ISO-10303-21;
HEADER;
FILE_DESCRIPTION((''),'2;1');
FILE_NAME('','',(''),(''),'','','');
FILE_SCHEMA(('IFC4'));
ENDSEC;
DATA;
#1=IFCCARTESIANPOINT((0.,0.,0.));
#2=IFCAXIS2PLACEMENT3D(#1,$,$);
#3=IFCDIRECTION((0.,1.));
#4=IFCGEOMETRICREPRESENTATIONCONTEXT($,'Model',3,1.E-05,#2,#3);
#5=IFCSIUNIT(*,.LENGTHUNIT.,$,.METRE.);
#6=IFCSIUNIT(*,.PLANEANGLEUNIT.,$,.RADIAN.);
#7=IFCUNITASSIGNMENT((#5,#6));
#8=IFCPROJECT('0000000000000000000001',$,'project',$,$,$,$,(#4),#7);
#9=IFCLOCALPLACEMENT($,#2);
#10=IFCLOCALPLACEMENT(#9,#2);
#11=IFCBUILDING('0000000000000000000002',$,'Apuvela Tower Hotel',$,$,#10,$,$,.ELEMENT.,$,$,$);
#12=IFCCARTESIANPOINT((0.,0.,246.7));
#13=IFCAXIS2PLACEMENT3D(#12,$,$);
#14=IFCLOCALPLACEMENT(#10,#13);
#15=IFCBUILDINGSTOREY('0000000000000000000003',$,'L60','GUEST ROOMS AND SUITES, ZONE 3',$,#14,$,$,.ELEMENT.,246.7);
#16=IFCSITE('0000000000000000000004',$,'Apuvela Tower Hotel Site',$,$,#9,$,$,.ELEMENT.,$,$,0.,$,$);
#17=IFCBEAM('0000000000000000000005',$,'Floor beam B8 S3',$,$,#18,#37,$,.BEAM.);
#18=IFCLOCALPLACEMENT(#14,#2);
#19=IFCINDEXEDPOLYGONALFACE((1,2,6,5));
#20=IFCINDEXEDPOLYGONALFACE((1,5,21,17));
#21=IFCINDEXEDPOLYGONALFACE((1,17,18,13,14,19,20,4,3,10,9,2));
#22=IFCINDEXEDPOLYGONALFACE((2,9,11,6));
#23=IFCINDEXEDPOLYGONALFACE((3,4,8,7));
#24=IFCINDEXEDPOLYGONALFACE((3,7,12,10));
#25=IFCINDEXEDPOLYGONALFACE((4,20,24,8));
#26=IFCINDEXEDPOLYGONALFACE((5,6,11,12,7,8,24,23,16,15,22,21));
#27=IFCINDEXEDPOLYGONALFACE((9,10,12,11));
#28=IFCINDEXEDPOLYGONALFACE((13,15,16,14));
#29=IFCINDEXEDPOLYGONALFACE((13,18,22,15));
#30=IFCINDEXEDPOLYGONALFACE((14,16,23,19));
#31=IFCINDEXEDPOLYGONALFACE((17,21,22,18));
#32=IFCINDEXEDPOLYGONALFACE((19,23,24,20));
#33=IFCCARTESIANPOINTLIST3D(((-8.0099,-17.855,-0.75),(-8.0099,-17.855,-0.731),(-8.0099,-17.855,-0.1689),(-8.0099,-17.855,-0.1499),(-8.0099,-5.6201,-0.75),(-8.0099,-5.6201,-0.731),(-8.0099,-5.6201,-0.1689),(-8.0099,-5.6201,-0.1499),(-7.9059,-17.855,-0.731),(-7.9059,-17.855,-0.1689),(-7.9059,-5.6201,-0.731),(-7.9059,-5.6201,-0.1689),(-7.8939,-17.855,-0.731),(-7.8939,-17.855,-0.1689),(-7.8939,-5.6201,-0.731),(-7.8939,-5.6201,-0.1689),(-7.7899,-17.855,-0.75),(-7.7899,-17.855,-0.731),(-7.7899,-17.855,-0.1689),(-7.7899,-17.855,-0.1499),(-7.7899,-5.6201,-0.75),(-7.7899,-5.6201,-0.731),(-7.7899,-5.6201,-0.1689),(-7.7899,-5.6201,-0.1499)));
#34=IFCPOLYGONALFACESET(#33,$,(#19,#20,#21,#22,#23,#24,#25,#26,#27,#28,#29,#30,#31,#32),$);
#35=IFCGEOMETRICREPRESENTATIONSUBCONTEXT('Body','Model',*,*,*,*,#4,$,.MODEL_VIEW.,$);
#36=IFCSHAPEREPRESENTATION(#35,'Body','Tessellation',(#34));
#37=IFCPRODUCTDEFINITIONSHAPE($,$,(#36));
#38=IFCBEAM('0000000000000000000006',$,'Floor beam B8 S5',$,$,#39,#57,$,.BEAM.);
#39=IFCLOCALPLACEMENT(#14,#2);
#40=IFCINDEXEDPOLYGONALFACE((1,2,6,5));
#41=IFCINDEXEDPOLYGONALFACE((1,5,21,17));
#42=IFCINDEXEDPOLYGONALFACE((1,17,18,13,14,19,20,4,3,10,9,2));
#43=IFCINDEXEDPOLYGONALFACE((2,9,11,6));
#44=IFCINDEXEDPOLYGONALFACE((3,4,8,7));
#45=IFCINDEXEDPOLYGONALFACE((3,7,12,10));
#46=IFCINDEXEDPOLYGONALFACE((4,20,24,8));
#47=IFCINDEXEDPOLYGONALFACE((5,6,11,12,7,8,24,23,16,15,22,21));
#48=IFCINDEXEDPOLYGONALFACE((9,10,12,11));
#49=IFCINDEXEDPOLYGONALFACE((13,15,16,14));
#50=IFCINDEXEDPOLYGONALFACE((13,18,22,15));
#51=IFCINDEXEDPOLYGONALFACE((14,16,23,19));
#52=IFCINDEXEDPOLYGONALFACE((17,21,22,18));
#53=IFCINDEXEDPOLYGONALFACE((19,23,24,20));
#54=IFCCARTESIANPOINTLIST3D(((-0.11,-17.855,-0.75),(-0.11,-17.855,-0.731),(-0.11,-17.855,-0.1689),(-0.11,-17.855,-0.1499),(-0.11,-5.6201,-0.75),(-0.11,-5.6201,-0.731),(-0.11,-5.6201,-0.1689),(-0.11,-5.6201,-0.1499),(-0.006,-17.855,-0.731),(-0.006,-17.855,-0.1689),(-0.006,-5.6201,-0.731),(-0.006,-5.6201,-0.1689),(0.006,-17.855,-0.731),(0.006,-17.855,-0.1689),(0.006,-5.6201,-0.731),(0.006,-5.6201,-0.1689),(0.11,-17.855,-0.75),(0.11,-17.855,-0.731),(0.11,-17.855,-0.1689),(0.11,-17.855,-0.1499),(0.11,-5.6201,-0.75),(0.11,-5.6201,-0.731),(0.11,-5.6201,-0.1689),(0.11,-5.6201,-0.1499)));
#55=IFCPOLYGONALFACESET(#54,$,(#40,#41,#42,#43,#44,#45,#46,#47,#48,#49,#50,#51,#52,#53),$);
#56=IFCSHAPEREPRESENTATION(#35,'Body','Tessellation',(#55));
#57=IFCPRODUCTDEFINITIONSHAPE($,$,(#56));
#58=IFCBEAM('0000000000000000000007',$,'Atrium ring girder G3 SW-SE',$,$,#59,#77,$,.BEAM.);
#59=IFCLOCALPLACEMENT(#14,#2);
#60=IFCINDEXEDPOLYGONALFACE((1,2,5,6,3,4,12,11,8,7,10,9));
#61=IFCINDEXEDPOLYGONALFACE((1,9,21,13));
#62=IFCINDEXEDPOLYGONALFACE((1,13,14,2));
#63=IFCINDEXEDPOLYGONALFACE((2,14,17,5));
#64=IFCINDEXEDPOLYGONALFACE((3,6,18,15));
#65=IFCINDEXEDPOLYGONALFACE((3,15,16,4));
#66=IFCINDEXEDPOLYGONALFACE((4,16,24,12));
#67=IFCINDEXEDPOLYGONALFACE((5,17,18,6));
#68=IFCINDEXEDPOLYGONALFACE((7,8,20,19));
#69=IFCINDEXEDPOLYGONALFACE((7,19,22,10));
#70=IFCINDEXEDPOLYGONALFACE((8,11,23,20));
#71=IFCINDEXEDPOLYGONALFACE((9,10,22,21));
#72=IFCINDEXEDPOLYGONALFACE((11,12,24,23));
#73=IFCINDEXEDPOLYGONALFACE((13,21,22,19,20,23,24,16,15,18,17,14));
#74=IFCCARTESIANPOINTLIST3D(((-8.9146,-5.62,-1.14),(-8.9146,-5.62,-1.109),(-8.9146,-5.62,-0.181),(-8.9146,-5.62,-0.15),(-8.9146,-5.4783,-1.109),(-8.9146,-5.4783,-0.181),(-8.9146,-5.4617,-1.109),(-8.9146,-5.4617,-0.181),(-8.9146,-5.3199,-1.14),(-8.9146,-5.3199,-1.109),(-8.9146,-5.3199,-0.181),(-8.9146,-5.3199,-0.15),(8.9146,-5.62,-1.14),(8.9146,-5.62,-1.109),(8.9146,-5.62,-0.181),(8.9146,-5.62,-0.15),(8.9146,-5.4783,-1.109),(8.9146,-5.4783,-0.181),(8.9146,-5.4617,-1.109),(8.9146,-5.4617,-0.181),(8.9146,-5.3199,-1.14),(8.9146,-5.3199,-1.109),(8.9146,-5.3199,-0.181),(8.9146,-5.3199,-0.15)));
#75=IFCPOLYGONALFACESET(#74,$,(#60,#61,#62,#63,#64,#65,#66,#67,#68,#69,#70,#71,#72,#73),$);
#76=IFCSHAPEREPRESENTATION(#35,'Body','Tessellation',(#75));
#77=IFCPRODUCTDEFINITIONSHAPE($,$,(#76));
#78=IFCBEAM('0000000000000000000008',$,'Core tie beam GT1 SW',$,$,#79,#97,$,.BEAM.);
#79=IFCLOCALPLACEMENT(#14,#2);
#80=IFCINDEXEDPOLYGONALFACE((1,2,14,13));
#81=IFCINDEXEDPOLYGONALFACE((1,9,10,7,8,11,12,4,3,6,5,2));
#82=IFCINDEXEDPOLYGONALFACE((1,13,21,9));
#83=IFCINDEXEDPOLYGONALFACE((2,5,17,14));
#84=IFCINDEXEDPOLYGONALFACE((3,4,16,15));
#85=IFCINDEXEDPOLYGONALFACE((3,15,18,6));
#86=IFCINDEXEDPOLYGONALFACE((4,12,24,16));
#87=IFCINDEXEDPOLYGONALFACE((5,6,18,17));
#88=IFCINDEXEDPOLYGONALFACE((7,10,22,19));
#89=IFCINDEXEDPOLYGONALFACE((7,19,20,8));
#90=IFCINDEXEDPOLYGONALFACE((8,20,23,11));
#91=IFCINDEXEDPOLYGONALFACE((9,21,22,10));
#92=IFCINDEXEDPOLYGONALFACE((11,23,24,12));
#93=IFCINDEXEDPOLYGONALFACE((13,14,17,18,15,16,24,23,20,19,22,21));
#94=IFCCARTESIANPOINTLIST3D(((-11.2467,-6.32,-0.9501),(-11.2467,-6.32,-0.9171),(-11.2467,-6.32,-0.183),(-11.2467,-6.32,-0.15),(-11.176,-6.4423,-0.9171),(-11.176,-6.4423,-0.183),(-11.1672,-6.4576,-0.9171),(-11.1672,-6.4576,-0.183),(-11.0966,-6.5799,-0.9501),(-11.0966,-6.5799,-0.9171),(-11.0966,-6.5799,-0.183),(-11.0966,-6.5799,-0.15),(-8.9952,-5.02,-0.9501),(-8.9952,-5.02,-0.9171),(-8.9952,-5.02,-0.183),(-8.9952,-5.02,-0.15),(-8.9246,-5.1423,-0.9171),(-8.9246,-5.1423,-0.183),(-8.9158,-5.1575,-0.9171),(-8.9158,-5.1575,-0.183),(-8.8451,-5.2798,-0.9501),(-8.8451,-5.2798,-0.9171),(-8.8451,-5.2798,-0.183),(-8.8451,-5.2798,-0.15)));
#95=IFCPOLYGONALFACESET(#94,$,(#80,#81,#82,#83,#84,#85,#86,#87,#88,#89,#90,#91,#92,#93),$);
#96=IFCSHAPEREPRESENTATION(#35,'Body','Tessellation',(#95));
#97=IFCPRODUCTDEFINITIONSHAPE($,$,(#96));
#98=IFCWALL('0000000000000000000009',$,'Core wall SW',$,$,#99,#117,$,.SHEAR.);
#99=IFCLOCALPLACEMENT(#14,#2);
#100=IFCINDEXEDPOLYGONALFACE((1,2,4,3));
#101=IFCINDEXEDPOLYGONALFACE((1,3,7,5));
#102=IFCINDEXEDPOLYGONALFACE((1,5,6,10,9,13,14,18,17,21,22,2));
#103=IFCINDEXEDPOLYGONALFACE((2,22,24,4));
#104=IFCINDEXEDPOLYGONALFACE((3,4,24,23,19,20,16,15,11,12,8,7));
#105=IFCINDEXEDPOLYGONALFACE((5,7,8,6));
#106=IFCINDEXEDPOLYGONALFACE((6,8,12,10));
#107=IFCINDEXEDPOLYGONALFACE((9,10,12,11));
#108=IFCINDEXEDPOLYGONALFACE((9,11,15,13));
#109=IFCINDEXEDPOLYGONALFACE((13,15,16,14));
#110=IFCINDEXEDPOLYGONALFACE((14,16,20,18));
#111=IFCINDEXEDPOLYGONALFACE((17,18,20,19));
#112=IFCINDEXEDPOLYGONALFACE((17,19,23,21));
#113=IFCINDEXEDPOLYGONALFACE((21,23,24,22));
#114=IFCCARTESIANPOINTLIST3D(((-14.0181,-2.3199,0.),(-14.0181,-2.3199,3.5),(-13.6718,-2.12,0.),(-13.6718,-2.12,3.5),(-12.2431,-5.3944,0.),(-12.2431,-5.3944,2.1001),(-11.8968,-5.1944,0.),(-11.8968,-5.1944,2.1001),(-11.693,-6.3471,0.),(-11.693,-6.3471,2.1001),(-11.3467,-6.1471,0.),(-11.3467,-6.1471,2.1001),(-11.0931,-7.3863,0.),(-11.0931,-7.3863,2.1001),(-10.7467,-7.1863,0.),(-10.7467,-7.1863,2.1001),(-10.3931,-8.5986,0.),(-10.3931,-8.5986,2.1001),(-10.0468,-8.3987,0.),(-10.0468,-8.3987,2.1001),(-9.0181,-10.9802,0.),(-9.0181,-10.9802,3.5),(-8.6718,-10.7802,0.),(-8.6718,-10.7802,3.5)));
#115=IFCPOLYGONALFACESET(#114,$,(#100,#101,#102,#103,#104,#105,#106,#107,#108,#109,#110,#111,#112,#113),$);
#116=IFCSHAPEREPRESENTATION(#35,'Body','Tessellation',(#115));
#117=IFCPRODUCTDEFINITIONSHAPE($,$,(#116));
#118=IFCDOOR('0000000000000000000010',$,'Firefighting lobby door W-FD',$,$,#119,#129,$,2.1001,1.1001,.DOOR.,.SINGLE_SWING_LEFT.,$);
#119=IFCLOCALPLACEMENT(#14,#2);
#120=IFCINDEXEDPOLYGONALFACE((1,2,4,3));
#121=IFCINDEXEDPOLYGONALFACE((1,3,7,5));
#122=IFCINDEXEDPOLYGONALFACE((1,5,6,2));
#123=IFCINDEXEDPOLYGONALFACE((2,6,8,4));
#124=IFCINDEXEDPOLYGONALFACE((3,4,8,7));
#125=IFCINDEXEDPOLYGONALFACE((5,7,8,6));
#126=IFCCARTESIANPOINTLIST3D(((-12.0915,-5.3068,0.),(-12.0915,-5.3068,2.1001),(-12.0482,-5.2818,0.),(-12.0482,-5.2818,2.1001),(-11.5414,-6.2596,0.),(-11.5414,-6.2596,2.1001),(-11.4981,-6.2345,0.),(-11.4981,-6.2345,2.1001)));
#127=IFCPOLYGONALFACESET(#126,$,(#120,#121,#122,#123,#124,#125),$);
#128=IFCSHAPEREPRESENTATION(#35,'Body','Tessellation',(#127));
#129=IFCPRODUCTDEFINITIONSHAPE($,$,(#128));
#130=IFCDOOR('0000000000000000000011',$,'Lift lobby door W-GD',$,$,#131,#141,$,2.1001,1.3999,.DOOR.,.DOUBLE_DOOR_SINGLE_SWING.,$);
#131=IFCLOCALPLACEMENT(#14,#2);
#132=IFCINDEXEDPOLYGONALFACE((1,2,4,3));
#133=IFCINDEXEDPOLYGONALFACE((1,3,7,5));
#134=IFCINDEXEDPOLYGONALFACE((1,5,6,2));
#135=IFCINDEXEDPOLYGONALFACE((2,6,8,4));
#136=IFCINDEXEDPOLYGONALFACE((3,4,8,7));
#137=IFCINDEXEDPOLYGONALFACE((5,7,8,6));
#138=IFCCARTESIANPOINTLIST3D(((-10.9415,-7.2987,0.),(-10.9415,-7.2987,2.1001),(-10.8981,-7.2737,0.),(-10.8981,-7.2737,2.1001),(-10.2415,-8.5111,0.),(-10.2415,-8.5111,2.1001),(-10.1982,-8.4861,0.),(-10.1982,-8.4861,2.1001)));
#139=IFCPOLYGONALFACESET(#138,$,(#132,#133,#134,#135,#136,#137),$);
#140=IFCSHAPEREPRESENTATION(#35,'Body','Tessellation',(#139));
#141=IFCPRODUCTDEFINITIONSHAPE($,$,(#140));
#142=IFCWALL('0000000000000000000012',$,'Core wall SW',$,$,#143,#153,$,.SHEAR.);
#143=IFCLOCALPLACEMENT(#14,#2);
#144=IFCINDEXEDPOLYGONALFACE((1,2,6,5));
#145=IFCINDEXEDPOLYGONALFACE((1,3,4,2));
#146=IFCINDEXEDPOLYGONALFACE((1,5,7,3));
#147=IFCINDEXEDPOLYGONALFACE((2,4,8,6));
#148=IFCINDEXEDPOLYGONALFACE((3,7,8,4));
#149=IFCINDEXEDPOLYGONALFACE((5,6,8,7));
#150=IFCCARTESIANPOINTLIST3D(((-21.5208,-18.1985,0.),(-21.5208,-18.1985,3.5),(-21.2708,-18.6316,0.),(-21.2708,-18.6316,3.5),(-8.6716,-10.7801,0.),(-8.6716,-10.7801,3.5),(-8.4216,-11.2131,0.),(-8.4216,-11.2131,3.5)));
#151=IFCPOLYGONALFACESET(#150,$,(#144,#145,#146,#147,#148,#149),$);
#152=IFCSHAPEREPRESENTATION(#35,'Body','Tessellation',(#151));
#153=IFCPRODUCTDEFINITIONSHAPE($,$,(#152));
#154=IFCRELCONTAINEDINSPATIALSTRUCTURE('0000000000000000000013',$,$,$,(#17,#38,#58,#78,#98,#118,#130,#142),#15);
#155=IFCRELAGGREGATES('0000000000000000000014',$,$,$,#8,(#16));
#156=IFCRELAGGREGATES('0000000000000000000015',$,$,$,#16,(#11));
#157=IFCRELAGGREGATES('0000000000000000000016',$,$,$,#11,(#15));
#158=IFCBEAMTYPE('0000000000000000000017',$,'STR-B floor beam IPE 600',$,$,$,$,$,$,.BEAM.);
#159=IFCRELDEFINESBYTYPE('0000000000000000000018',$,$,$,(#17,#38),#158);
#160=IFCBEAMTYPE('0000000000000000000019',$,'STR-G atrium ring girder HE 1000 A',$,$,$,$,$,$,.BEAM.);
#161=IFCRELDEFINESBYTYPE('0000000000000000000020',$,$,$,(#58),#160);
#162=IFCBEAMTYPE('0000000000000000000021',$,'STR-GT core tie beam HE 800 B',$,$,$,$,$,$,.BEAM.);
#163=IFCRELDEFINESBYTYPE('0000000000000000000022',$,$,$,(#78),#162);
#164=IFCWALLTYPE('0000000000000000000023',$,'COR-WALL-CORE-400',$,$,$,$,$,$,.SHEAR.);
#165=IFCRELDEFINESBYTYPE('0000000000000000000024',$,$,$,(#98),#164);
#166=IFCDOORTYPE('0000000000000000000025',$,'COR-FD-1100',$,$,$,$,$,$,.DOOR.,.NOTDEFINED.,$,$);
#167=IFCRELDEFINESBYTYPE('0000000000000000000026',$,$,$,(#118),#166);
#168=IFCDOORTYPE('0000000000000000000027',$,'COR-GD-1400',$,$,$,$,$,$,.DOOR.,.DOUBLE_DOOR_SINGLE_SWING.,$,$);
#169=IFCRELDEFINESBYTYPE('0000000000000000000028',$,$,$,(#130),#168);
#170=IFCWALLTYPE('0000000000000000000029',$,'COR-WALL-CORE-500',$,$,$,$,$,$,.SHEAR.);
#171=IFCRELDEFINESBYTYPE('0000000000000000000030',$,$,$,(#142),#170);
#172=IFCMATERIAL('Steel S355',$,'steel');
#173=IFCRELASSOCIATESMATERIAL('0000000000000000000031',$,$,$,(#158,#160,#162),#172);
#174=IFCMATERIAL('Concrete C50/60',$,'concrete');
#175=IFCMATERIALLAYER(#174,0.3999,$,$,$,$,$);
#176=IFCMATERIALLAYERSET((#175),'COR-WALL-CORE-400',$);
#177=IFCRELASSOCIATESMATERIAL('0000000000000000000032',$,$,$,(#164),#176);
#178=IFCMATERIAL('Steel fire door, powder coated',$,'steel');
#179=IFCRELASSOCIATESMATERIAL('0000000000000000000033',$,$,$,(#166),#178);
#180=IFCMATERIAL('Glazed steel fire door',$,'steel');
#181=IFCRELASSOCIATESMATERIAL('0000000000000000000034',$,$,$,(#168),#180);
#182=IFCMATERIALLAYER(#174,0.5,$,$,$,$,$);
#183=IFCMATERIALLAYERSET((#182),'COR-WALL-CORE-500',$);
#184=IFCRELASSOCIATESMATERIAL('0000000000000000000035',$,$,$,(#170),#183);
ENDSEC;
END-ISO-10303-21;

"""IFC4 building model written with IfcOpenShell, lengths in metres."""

from ifc_helpers import new_model, si_unit, direction, frame, frame_2d, origin, origin_2d, place, context, subcontext, project, spatial, rectangle, i_section, extrude, material, layer, layer_set, material_profile, profile_set, type_object, element, fill, save


model = new_model("IFC4")

# Units and contexts
model_context = context("Model", 3, precision=1e-05, world=origin(), true_north=direction((0.0, 1.0)))
body_context = subcontext(model_context, "Body", "Model", "MODEL_VIEW")
ifc_project = project(units=[si_unit("LENGTHUNIT", "METRE"), si_unit("PLANEANGLEUNIT", "RADIAN")], contexts=[model_context])

# Site, building, storey
site_placement = place(None, origin())
site = spatial("IfcSite", under=ifc_project, at=site_placement, Name="Apuvela Tower Hotel Site", CompositionType="ELEMENT", RefElevation=0.0)
building_placement = place(site_placement, origin())
building = spatial("IfcBuilding", under=site, at=building_placement, Name="Apuvela Tower Hotel", CompositionType="ELEMENT")
storey_placement = place(building_placement, frame((0.0, 0.0, 246.7)))
storey = spatial("IfcBuildingStorey", under=building, at=storey_placement, Name="L60", Description="GUEST ROOMS AND SUITES, ZONE 3", CompositionType="ELEMENT", Elevation=246.7)

# Beams
ifc_material_1 = material(Name="Steel S355", Category="steel")
ifc_material_profile_1 = material_profile(ifc_material_1, i_section(OverallWidth=0.22, OverallDepth=0.6001, WebThickness=0.012, FlangeThickness=0.019, at=origin_2d()), Name="IPE 600")
ifc_profile_set_1 = profile_set([ifc_material_profile_1], Name="Steel S355")
beam_type_1 = type_object("IfcBeamType", Name="STR-B floor beam IPE 600", PredefinedType="BEAM", material=ifc_profile_set_1)
for number, where, z_axis, x_axis, name in (
    (1, (-7.8999, -17.855, -0.45), (0.0, 1.0, 0.0), (-1.0, 0.0, 0.0), "Floor beam B8 S3"),
    (2, (0.0, -17.855, -0.45), (0.0, 1.0, 0.0), (-1.0, 0.0, 0.0), "Floor beam B8 S5"),
):
    element("IfcBeam", number, at=place(storey_placement, frame(where, z_axis=z_axis, x_axis=x_axis)), inside=storey, type_object=beam_type_1, Name=name, PredefinedType="BEAM", context=body_context, shape_type="SweptSolid", body=[
        extrude(i_section(OverallWidth=0.22, OverallDepth=0.6001, WebThickness=0.012, FlangeThickness=0.019, at=origin_2d()), origin(), (0.0, 0.0, 1.0), 12.2349),
    ])
ifc_material_profile_2 = material_profile(ifc_material_1, i_section(OverallWidth=0.3, OverallDepth=0.99, WebThickness=0.0166, FlangeThickness=0.031, at=origin_2d()), Name="HE 1000 A")
ifc_profile_set_2 = profile_set([ifc_material_profile_2], Name="Steel S355")
beam_type_2 = type_object("IfcBeamType", Name="STR-G atrium ring girder HE 1000 A", PredefinedType="BEAM", material=ifc_profile_set_2)
beam_1_placement = place(storey_placement, frame((-8.9146, -5.47, -0.645), z_axis=(1.0, 0.0, 0.0), x_axis=(0.0, 1.0, 0.0)))
element("IfcBeam", 3, at=beam_1_placement, inside=storey, type_object=beam_type_2, Name="Atrium ring girder G3 SW-SE", PredefinedType="BEAM", context=body_context, shape_type="SweptSolid", body=[
    extrude(i_section(OverallWidth=0.3, OverallDepth=0.99, WebThickness=0.0166, FlangeThickness=0.031, at=origin_2d()), origin(), (0.0, 0.0, 1.0), 17.8291),
])
ifc_material_profile_3 = material_profile(ifc_material_1, i_section(OverallWidth=0.3, OverallDepth=0.8, WebThickness=0.0176, FlangeThickness=0.033, at=origin_2d()), Name="HE 800 B")
ifc_profile_set_3 = profile_set([ifc_material_profile_3], Name="Steel S355")
beam_type_3 = type_object("IfcBeamType", Name="STR-GT core tie beam HE 800 B", PredefinedType="BEAM", material=ifc_profile_set_3)
beam_2_placement = place(storey_placement, frame((-11.1716, -6.45, -0.55), z_axis=(0.865998, 0.500048, 0.0), x_axis=(-0.500048, 0.865998, 0.0)))
element("IfcBeam", 4, at=beam_2_placement, inside=storey, type_object=beam_type_3, Name="Core tie beam GT1 SW", PredefinedType="BEAM", context=body_context, shape_type="SweptSolid", body=[
    extrude(i_section(OverallWidth=0.3, OverallDepth=0.8, WebThickness=0.0176, FlangeThickness=0.033, at=origin_2d()), origin(), (0.0, 0.0, 1.0), 2.5999),
])

# Wall, openings, doors
ifc_material_2 = material(Name="Concrete C50/60", Category="concrete")
ifc_layer_1 = layer(ifc_material_2, 0.3999)
ifc_layer_set_1 = layer_set([ifc_layer_1], Name="COR-WALL-CORE-400")
wall_type_1 = type_object("IfcWallType", Name="COR-WALL-CORE-400", PredefinedType="SHEAR", material=ifc_layer_set_1)
wall_1_placement = place(storey_placement, frame((-13.845, -2.22, 0.0), z_axis=(0.0, 0.0, 1.0), x_axis=(0.500004, -0.866023, 0.0)))
wall_1 = element("IfcWall", 5, at=wall_1_placement, inside=storey, type_object=wall_type_1, Name="Core wall SW", PredefinedType="SHEAR", context=body_context, shape_type="SweptSolid", body=[
    extrude(rectangle(XDim=10.0, YDim=0.3999, at=frame_2d((5.0, 0.0))), origin(), (0.0, 0.0, 1.0), 3.5),
])
opening_1_placement = place(wall_1_placement, frame((3.55, 0.0, 0.0)))
opening_1 = element("IfcOpeningElement", 6, at=opening_1_placement, cuts=wall_1, PredefinedType="OPENING", context=body_context, shape_type="SweptSolid", body=[
    extrude(rectangle(XDim=1.1001, YDim=2.1001, at=frame_2d((0.55, 1.05))), frame((0.0, 0.21, 0.0), z_axis=(0.0, -1.0, 0.0), x_axis=(1.0, 0.0, 0.0)), (0.0, 0.0, 1.0), 0.4199),
])
opening_2_placement = place(wall_1_placement, frame((5.8501, 0.0, 0.0)))
opening_2 = element("IfcOpeningElement", 7, at=opening_2_placement, cuts=wall_1, PredefinedType="OPENING", context=body_context, shape_type="SweptSolid", body=[
    extrude(rectangle(XDim=1.3999, YDim=2.1001, at=frame_2d((0.7, 1.05))), frame((0.0, 0.21, 0.0), z_axis=(0.0, -1.0, 0.0), x_axis=(1.0, 0.0, 0.0)), (0.0, 0.0, 1.0), 0.4199),
])
ifc_material_3 = material(Name="Steel fire door, powder coated", Category="steel")
door_type_1 = type_object("IfcDoorType", Name="COR-FD-1100", OperationType="NOTDEFINED", PredefinedType="DOOR", material=ifc_material_3)
door_1_placement = place(opening_1_placement, frame((1.1001, 0.0, 0.0), z_axis=(0.0, 0.0, 1.0), x_axis=(-1.0, 0.0, 0.0)))
door_1 = element("IfcDoor", 8, at=door_1_placement, inside=storey, type_object=door_type_1, Name="Firefighting lobby door W-FD", OperationType="SINGLE_SWING_LEFT", OverallHeight=2.1001, OverallWidth=1.1001, PredefinedType="DOOR", context=body_context, shape_type="SweptSolid", body=[
    extrude(rectangle(XDim=1.1001, YDim=2.1001, at=frame_2d((0.55, 1.05))), frame((0.0, 0.0249, 0.0), z_axis=(0.0, -1.0, 0.0), x_axis=(1.0, 0.0, 0.0)), (0.0, 0.0, 1.0), 0.05),
])
fill(opening_1, door_1)
ifc_material_4 = material(Name="Glazed steel fire door", Category="steel")
door_type_2 = type_object("IfcDoorType", Name="COR-GD-1400", OperationType="DOUBLE_DOOR_SINGLE_SWING", PredefinedType="DOOR", material=ifc_material_4)
door_2_placement = place(opening_2_placement, frame((1.3999, 0.0, 0.0), z_axis=(0.0, 0.0, 1.0), x_axis=(-1.0, 0.0, 0.0)))
door_2 = element("IfcDoor", 9, at=door_2_placement, inside=storey, type_object=door_type_2, Name="Lift lobby door W-GD", OperationType="DOUBLE_DOOR_SINGLE_SWING", OverallHeight=2.1001, OverallWidth=1.3999, PredefinedType="DOOR", context=body_context, shape_type="SweptSolid", body=[
    extrude(rectangle(XDim=1.3999, YDim=2.1001, at=frame_2d((0.7, 1.05))), frame((0.0, 0.0249, 0.0), z_axis=(0.0, -1.0, 0.0), x_axis=(1.0, 0.0, 0.0)), (0.0, 0.0, 1.0), 0.05),
])
fill(opening_2, door_2)

# Wall
ifc_layer_2 = layer(ifc_material_2, 0.5)
ifc_layer_set_2 = layer_set([ifc_layer_2], Name="COR-WALL-CORE-500")
wall_type_2 = type_object("IfcWallType", Name="COR-WALL-CORE-500", PredefinedType="SHEAR", material=ifc_layer_set_2)
wall_2_placement = place(storey_placement, frame((-8.5466, -10.9966, 0.0), z_axis=(0.0, 0.0, 1.0), x_axis=(-0.866025, -0.500001, 0.0)))
element("IfcWall", 10, at=wall_2_placement, inside=storey, type_object=wall_type_2, Name="Core wall SW", PredefinedType="SHEAR", context=body_context, shape_type="SweptSolid", body=[
    extrude(rectangle(XDim=14.8369, YDim=0.5, at=frame_2d((7.4185, 0.0))), origin(), (0.0, 0.0, 1.0), 3.5),
])

save(model, "model.ifc")
